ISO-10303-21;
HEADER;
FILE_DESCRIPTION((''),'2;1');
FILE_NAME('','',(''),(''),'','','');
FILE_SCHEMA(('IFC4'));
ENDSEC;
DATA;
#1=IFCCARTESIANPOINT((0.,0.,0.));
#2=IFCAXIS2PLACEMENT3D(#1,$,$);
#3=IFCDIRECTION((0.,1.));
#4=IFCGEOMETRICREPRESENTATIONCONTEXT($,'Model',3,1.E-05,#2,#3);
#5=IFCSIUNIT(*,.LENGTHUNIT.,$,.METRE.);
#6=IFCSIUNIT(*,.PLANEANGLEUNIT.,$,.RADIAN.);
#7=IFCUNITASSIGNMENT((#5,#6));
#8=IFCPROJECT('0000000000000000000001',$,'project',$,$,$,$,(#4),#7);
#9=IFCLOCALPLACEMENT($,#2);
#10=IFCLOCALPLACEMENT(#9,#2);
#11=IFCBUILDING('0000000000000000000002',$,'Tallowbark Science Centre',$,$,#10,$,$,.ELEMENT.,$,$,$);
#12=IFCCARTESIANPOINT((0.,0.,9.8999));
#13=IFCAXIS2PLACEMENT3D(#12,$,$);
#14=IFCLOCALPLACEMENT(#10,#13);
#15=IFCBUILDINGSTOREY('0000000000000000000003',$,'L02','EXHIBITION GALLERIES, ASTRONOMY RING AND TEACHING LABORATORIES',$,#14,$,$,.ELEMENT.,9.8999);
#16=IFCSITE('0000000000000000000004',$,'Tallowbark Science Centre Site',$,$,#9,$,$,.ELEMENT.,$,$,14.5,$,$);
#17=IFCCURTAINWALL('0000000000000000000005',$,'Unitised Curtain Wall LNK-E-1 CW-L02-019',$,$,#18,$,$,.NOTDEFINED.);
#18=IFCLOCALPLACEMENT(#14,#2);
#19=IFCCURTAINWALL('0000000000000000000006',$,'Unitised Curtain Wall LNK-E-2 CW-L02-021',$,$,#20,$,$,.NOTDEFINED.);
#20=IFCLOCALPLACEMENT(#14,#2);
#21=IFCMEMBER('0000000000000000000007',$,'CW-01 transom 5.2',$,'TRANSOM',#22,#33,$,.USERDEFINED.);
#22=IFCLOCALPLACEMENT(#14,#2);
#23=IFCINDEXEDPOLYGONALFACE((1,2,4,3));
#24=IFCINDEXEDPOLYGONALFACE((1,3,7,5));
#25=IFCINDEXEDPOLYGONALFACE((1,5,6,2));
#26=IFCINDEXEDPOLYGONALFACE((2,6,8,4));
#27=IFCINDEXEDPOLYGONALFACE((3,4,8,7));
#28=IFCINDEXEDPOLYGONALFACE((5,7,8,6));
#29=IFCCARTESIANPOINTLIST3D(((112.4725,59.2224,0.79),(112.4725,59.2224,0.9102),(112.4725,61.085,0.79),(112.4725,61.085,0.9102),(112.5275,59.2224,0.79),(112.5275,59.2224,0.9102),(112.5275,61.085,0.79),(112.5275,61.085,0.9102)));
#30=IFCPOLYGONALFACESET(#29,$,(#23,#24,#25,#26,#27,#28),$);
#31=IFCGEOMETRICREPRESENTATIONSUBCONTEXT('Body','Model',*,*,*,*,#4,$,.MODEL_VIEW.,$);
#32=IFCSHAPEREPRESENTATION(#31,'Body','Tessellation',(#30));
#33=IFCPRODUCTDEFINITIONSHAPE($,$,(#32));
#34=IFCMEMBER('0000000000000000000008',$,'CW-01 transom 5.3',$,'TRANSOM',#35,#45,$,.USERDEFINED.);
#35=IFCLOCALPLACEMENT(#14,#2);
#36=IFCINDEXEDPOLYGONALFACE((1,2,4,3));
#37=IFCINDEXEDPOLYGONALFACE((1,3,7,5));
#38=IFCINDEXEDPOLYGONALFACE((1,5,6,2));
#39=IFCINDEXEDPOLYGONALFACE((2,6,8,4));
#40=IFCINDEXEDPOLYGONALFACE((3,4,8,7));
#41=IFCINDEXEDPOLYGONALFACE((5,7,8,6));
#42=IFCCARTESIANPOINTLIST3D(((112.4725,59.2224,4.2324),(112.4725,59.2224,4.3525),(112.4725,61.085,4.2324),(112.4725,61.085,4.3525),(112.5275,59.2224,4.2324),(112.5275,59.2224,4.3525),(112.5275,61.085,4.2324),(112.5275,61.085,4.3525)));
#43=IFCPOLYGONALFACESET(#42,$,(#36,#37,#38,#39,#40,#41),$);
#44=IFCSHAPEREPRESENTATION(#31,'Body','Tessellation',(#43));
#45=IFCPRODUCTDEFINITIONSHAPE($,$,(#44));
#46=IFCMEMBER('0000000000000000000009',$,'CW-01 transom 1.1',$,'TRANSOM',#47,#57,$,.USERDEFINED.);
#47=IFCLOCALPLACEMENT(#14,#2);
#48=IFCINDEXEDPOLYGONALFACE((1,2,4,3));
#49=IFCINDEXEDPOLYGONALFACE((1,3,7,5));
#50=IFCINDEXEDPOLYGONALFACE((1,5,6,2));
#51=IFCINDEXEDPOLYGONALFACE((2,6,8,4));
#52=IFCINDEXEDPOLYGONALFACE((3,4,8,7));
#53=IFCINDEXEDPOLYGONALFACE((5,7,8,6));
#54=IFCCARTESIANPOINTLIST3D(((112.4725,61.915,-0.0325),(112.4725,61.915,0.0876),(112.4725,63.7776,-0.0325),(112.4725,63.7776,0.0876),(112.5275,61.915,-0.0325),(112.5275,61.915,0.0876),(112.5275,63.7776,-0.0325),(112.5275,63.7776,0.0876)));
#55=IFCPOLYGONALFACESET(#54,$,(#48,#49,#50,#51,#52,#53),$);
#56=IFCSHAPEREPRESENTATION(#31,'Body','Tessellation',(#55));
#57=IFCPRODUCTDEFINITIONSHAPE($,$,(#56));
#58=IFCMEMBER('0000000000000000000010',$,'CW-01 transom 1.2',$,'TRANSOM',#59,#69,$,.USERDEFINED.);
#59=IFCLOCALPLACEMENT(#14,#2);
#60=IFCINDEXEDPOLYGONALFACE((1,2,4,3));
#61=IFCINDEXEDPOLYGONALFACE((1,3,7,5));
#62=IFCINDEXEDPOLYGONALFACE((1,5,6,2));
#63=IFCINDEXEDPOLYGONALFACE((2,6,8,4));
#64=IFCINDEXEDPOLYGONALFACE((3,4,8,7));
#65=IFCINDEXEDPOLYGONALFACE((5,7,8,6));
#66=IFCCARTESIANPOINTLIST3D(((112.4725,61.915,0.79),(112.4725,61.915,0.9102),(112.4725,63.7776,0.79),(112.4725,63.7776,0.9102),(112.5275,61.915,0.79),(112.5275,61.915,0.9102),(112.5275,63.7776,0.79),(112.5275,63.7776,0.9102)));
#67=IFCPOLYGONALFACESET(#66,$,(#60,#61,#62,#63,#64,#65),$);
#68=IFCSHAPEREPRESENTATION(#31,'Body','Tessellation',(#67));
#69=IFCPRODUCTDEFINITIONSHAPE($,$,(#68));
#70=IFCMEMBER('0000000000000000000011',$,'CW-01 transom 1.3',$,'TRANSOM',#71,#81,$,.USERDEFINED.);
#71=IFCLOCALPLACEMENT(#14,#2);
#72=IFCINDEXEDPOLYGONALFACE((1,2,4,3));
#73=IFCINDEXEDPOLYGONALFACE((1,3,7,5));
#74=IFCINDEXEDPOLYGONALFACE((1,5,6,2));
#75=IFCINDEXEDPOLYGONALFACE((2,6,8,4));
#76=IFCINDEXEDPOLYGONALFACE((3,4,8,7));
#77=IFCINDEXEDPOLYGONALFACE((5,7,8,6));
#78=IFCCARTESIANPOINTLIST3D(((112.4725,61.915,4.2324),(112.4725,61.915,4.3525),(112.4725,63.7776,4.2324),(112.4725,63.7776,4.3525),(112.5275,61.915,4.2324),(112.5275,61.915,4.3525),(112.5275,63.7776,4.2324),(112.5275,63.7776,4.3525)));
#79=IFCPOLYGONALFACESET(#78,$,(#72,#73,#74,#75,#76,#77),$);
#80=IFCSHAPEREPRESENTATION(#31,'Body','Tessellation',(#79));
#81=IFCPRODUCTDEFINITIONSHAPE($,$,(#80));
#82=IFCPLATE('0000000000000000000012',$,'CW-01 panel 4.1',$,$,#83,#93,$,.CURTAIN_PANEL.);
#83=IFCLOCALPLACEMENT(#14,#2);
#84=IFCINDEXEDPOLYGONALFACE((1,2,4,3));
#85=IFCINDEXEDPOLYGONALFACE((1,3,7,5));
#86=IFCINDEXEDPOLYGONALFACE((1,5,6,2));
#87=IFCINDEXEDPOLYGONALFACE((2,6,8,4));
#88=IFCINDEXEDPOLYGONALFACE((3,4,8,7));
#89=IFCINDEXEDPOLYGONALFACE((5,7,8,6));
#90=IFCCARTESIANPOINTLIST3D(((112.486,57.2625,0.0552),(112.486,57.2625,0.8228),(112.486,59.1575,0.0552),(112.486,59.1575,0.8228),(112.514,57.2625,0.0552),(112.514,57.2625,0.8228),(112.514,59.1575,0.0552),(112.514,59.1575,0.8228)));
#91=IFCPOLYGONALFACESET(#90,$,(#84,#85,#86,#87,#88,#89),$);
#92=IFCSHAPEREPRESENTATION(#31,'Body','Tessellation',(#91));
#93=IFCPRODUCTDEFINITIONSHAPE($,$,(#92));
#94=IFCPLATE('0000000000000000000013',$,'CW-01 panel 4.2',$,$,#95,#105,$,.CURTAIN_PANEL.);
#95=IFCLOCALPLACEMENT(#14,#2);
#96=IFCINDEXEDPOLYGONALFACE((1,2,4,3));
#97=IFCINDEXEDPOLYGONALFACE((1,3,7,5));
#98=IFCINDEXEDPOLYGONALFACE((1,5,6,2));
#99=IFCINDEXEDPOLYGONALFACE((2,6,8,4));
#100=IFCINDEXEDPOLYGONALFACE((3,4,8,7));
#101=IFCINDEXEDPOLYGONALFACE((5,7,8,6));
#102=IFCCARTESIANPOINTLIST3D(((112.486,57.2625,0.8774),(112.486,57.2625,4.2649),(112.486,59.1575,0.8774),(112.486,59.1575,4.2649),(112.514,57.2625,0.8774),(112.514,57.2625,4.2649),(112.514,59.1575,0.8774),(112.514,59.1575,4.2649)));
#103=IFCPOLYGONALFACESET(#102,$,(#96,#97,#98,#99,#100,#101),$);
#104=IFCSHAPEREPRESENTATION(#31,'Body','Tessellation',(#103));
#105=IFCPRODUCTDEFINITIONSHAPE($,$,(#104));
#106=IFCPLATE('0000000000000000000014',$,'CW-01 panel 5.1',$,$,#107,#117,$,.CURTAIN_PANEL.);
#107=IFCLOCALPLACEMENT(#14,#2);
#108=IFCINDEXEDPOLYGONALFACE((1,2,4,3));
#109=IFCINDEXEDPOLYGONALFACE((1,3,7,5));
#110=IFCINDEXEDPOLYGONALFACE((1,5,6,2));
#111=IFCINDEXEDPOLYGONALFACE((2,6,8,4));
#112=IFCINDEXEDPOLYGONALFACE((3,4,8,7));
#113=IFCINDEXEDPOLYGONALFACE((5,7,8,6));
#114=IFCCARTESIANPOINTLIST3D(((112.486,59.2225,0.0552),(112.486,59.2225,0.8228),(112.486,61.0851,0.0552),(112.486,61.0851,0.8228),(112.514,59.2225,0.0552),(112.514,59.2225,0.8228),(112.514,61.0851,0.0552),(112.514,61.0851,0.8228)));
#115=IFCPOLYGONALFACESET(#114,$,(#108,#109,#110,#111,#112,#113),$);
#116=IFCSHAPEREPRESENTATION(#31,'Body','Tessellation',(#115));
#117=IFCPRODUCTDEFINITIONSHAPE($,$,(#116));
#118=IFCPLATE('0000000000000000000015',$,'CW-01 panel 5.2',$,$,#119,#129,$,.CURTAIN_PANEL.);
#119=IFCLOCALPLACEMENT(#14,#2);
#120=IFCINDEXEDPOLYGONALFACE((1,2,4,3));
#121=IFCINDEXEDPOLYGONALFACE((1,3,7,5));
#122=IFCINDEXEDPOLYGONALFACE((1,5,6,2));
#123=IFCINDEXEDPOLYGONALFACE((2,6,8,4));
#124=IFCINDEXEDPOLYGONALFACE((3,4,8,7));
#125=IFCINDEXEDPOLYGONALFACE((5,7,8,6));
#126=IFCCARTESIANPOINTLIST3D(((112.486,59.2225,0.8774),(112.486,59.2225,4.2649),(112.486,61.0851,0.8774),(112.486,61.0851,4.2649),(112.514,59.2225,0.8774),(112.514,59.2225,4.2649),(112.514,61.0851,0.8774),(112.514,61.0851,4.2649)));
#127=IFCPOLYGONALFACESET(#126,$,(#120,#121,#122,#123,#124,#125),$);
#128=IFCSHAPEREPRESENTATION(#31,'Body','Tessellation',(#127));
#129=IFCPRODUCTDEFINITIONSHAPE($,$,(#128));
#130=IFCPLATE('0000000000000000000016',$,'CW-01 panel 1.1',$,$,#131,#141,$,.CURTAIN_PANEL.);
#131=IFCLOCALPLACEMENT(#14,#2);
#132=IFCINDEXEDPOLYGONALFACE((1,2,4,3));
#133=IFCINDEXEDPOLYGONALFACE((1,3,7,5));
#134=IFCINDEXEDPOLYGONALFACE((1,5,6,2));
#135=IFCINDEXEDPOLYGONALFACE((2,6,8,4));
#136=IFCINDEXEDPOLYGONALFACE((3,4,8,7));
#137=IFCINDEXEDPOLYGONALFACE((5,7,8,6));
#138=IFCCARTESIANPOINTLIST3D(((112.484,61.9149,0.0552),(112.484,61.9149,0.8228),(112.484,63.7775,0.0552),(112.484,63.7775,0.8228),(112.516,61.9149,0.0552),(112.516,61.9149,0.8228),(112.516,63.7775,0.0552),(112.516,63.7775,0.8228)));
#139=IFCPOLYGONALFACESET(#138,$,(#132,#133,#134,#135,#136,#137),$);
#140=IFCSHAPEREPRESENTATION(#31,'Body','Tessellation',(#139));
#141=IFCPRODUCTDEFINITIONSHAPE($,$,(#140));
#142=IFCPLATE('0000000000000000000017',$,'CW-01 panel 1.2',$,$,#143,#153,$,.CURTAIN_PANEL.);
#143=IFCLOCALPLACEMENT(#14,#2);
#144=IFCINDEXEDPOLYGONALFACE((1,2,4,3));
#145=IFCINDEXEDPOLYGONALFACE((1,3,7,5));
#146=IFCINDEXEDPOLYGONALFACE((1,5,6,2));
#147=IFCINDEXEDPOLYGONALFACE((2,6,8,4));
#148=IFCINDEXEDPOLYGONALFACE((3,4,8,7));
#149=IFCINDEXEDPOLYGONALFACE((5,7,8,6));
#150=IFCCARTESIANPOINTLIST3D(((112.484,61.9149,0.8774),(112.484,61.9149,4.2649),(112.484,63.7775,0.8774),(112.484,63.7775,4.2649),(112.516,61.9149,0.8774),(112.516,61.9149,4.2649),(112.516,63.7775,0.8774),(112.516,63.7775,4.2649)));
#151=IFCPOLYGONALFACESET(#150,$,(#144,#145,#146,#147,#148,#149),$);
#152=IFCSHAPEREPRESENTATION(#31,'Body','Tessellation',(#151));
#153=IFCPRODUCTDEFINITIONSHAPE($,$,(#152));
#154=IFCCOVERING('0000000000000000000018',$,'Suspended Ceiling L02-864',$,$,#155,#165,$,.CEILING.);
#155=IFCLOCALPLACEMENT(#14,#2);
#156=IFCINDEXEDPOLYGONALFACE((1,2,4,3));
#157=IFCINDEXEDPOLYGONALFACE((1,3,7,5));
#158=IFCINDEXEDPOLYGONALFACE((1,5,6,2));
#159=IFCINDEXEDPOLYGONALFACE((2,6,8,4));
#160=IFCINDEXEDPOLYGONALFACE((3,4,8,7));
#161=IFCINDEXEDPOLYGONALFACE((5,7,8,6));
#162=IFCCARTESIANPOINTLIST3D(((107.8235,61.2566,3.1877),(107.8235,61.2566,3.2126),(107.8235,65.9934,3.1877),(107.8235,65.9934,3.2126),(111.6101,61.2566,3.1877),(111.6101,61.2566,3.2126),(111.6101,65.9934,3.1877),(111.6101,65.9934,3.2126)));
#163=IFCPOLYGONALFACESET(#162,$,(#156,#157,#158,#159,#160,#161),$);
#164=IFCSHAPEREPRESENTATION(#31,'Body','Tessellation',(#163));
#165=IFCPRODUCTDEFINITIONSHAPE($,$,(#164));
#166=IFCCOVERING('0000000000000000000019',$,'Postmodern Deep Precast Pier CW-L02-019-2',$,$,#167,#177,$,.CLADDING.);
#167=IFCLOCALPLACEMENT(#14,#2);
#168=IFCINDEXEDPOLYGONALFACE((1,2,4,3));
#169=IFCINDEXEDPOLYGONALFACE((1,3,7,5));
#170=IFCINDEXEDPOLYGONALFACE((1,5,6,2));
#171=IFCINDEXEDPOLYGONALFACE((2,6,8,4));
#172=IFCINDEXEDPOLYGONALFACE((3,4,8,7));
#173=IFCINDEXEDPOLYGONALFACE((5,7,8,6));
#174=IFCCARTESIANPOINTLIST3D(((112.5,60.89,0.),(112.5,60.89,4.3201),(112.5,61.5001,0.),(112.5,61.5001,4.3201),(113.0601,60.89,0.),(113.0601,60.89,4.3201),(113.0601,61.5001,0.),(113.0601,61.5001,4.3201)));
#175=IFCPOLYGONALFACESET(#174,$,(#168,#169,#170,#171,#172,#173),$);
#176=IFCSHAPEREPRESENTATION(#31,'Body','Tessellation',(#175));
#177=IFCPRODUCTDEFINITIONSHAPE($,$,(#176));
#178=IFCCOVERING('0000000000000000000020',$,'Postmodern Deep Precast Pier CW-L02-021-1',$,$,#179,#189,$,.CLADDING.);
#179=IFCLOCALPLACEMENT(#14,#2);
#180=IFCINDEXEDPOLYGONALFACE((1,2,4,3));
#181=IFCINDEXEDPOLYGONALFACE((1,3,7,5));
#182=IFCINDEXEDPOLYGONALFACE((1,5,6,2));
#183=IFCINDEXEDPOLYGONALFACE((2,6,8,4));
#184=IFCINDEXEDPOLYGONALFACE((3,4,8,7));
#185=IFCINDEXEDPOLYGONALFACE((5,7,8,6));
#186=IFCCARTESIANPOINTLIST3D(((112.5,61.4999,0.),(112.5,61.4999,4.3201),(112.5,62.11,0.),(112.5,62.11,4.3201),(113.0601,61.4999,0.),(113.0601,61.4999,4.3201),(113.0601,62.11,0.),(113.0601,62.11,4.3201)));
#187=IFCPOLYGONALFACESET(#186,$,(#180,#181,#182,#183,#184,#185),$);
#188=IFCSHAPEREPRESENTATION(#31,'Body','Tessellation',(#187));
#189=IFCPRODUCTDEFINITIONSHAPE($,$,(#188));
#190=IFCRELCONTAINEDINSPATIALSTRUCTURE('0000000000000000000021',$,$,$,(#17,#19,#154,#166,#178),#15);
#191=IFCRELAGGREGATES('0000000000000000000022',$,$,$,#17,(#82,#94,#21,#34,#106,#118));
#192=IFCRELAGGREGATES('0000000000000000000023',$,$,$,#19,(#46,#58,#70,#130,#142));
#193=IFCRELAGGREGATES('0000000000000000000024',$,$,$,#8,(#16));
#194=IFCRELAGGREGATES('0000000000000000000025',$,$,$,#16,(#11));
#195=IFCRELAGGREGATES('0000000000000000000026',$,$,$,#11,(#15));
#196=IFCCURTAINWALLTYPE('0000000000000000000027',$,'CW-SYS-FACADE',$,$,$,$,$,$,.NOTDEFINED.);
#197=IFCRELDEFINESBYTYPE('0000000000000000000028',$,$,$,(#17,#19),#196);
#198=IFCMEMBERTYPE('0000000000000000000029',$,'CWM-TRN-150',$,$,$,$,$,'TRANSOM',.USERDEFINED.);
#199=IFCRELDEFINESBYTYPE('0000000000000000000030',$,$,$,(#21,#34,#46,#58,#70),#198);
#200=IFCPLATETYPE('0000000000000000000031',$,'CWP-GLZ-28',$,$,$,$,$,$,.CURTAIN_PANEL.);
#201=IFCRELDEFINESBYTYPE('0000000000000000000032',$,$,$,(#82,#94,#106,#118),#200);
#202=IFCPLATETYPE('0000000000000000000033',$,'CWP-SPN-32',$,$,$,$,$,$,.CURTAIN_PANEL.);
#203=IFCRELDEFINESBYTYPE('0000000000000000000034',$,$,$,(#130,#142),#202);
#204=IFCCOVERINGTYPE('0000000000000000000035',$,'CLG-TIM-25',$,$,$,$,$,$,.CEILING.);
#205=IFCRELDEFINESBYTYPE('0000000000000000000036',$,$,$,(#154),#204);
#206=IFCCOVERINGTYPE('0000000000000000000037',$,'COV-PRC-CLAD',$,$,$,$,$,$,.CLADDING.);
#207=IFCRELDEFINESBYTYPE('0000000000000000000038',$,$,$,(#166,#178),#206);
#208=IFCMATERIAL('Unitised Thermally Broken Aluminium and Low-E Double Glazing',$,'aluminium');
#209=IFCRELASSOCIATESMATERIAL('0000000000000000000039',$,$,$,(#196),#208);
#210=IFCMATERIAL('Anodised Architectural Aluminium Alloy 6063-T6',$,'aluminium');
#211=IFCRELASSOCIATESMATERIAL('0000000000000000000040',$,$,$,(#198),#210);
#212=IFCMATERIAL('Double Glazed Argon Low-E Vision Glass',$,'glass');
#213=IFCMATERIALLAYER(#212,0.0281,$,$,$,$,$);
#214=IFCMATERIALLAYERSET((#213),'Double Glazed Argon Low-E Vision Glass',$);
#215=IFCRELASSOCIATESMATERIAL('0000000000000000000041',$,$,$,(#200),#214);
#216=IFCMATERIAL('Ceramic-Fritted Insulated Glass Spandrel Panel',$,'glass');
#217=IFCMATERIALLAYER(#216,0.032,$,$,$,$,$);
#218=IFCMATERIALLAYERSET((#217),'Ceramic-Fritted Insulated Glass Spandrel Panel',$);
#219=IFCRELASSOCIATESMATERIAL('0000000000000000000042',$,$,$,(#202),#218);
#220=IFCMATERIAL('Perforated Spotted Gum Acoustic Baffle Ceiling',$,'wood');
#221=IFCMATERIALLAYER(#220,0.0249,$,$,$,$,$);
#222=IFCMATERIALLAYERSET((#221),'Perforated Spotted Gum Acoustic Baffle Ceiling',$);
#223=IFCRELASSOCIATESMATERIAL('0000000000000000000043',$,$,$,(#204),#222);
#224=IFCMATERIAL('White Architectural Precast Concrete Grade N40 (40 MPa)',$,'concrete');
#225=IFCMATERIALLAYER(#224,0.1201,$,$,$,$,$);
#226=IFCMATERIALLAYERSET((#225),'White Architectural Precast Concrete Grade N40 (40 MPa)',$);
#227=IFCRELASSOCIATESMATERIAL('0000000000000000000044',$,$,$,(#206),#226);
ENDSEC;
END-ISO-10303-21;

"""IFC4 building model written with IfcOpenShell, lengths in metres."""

from ifc_helpers import new_model, si_unit, direction, frame, origin, origin_2d, place, context, subcontext, project, spatial, rectangle, extrude, material, layer, layer_set, material_profile, profile_set, type_object, element, aggregate, save


model = new_model("IFC4")

# Units and contexts
model_context = context("Model", 3, precision=1e-05, world=origin(), true_north=direction((0.0, 1.0)))
body_context = subcontext(model_context, "Body", "Model", "MODEL_VIEW")
ifc_project = project(units=[si_unit("LENGTHUNIT", "METRE"), si_unit("PLANEANGLEUNIT", "RADIAN")], contexts=[model_context])

# Site, building, storey
site_placement = place(None, origin())
site = spatial("IfcSite", under=ifc_project, at=site_placement, Name="Tallowbark Science Centre Site", CompositionType="ELEMENT", RefElevation=14.5)
building_placement = place(site_placement, origin())
building = spatial("IfcBuilding", under=site, at=building_placement, Name="Tallowbark Science Centre", CompositionType="ELEMENT")
storey_placement = place(building_placement, frame((0.0, 0.0, 9.8999)))
storey = spatial("IfcBuildingStorey", under=building, at=storey_placement, Name="L02", Description="EXHIBITION GALLERIES, ASTRONOMY RING AND TEACHING LABORATORIES", CompositionType="ELEMENT", Elevation=9.8999)

# Curtain wall
ifc_material_1 = material(Name="Unitised Thermally Broken Aluminium and Low-E Double Glazing", Category="aluminium")
curtain_wall_type = type_object("IfcCurtainWallType", Name="CW-SYS-FACADE", PredefinedType="NOTDEFINED", material=ifc_material_1)
curtain_wall_1_placement = place(storey_placement, origin())
curtain_wall_1 = element("IfcCurtainWall", 1, at=curtain_wall_1_placement, inside=storey, type_object=curtain_wall_type, Name="Unitised Curtain Wall LNK-E-1 CW-L02-019", PredefinedType="NOTDEFINED")
ifc_material_2 = material(Name="Anodised Architectural Aluminium Alloy 6063-T6", Category="aluminium")

# Curtain wall
curtain_wall_2_placement = place(storey_placement, origin())
curtain_wall_2 = element("IfcCurtainWall", 2, at=curtain_wall_2_placement, inside=storey, type_object=curtain_wall_type, Name="Unitised Curtain Wall LNK-E-2 CW-L02-021", PredefinedType="NOTDEFINED")

# Members
ifc_material_profile_1 = material_profile(ifc_material_2, rectangle(XDim=0.0549, YDim=0.1201, at=origin_2d()), Name="ALU55x120")
ifc_profile_set_1 = profile_set([ifc_material_profile_1], Name="Anodised Architectural Aluminium Alloy 6063-T6")
member_type_1 = type_object("IfcMemberType", Name="CWM-TRN-150", ElementType="TRANSOM", PredefinedType="USERDEFINED", material=ifc_profile_set_1)
member_1_placement = place(storey_placement, frame((112.5, 59.2224, 0.8501), z_axis=(0.0, 1.0, 0.0), x_axis=(-1.0, 0.0, 0.0)))
member_1 = element("IfcMember", 3, at=member_1_placement, type_object=member_type_1, Name="CW-01 transom 5.2", ObjectType="TRANSOM", PredefinedType="USERDEFINED", context=body_context, shape_type="SweptSolid", body=[
    extrude(rectangle(XDim=0.0549, YDim=0.1201, at=origin_2d()), origin(), (0.0, 0.0, 1.0), 1.8625),
])
member_2_placement = place(storey_placement, frame((112.5, 59.2224, 4.2925), z_axis=(0.0, 1.0, 0.0), x_axis=(-1.0, 0.0, 0.0)))
member_2 = element("IfcMember", 4, at=member_2_placement, type_object=member_type_1, Name="CW-01 transom 5.3", ObjectType="TRANSOM", PredefinedType="USERDEFINED", context=body_context, shape_type="SweptSolid", body=[
    extrude(rectangle(XDim=0.0549, YDim=0.1201, at=origin_2d()), origin(), (0.0, 0.0, 1.0), 1.8625),
])
member_3_placement = place(storey_placement, frame((112.5, 61.915, 0.0276), z_axis=(0.0, 1.0, 0.0), x_axis=(-1.0, 0.0, 0.0)))
member_3 = element("IfcMember", 5, at=member_3_placement, type_object=member_type_1, Name="CW-01 transom 1.1", ObjectType="TRANSOM", PredefinedType="USERDEFINED", context=body_context, shape_type="SweptSolid", body=[
    extrude(rectangle(XDim=0.0549, YDim=0.1201, at=origin_2d()), origin(), (0.0, 0.0, 1.0), 1.8625),
])
member_4_placement = place(storey_placement, frame((112.5, 61.915, 0.8501), z_axis=(0.0, 1.0, 0.0), x_axis=(-1.0, 0.0, 0.0)))
member_4 = element("IfcMember", 6, at=member_4_placement, type_object=member_type_1, Name="CW-01 transom 1.2", ObjectType="TRANSOM", PredefinedType="USERDEFINED", context=body_context, shape_type="SweptSolid", body=[
    extrude(rectangle(XDim=0.0549, YDim=0.1201, at=origin_2d()), origin(), (0.0, 0.0, 1.0), 1.8625),
])
member_5_placement = place(storey_placement, frame((112.5, 61.915, 4.2925), z_axis=(0.0, 1.0, 0.0), x_axis=(-1.0, 0.0, 0.0)))
member_5 = element("IfcMember", 7, at=member_5_placement, type_object=member_type_1, Name="CW-01 transom 1.3", ObjectType="TRANSOM", PredefinedType="USERDEFINED", context=body_context, shape_type="SweptSolid", body=[
    extrude(rectangle(XDim=0.0549, YDim=0.1201, at=origin_2d()), origin(), (0.0, 0.0, 1.0), 1.8625),
])

# Plates
ifc_material_3 = material(Name="Double Glazed Argon Low-E Vision Glass", Category="glass")
ifc_layer_1 = layer(ifc_material_3, 0.0281)
ifc_layer_set_1 = layer_set([ifc_layer_1], Name="Double Glazed Argon Low-E Vision Glass")
plate_type_1 = type_object("IfcPlateType", Name="CWP-GLZ-28", PredefinedType="CURTAIN_PANEL", material=ifc_layer_set_1)
plate_1_placement = place(storey_placement, frame((112.5, 58.21, 0.0552), z_axis=(0.0, 0.0, 1.0), x_axis=(0.0, 1.0, 0.0)))
plate_1 = element("IfcPlate", 8, at=plate_1_placement, type_object=plate_type_1, Name="CW-01 panel 4.1", PredefinedType="CURTAIN_PANEL", context=body_context, shape_type="SweptSolid", body=[
    extrude(rectangle(XDim=1.895, YDim=0.0281, at=origin_2d()), origin(), (0.0, 0.0, 1.0), 0.7676),
])
plate_2_placement = place(storey_placement, frame((112.5, 58.21, 0.8774), z_axis=(0.0, 0.0, 1.0), x_axis=(0.0, 1.0, 0.0)))
plate_2 = element("IfcPlate", 9, at=plate_2_placement, type_object=plate_type_1, Name="CW-01 panel 4.2", PredefinedType="CURTAIN_PANEL", context=body_context, shape_type="SweptSolid", body=[
    extrude(rectangle(XDim=1.895, YDim=0.0281, at=origin_2d()), origin(), (0.0, 0.0, 1.0), 3.3875),
])
plate_3_placement = place(storey_placement, frame((112.5, 60.1538, 0.0552), z_axis=(0.0, 0.0, 1.0), x_axis=(0.0, 1.0, 0.0)))
plate_3 = element("IfcPlate", 10, at=plate_3_placement, type_object=plate_type_1, Name="CW-01 panel 5.1", PredefinedType="CURTAIN_PANEL", context=body_context, shape_type="SweptSolid", body=[
    extrude(rectangle(XDim=1.8625, YDim=0.0281, at=origin_2d()), origin(), (0.0, 0.0, 1.0), 0.7676),
])
plate_4_placement = place(storey_placement, frame((112.5, 60.1538, 0.8774), z_axis=(0.0, 0.0, 1.0), x_axis=(0.0, 1.0, 0.0)))
plate_4 = element("IfcPlate", 11, at=plate_4_placement, type_object=plate_type_1, Name="CW-01 panel 5.2", PredefinedType="CURTAIN_PANEL", context=body_context, shape_type="SweptSolid", body=[
    extrude(rectangle(XDim=1.8625, YDim=0.0281, at=origin_2d()), origin(), (0.0, 0.0, 1.0), 3.3875),
])
aggregate(curtain_wall_1, [plate_1, plate_2, member_1, member_2, plate_3, plate_4])
ifc_material_4 = material(Name="Ceramic-Fritted Insulated Glass Spandrel Panel", Category="glass")
ifc_layer_2 = layer(ifc_material_4, 0.032)
ifc_layer_set_2 = layer_set([ifc_layer_2], Name="Ceramic-Fritted Insulated Glass Spandrel Panel")
plate_type_2 = type_object("IfcPlateType", Name="CWP-SPN-32", PredefinedType="CURTAIN_PANEL", material=ifc_layer_set_2)
plate_5_placement = place(storey_placement, frame((112.5, 62.8462, 0.0552), z_axis=(0.0, 0.0, 1.0), x_axis=(0.0, 1.0, 0.0)))
plate_5 = element("IfcPlate", 12, at=plate_5_placement, type_object=plate_type_2, Name="CW-01 panel 1.1", PredefinedType="CURTAIN_PANEL", context=body_context, shape_type="SweptSolid", body=[
    extrude(rectangle(XDim=1.8625, YDim=0.032, at=origin_2d()), origin(), (0.0, 0.0, 1.0), 0.7676),
])
plate_6_placement = place(storey_placement, frame((112.5, 62.8462, 0.8774), z_axis=(0.0, 0.0, 1.0), x_axis=(0.0, 1.0, 0.0)))
plate_6 = element("IfcPlate", 13, at=plate_6_placement, type_object=plate_type_2, Name="CW-01 panel 1.2", PredefinedType="CURTAIN_PANEL", context=body_context, shape_type="SweptSolid", body=[
    extrude(rectangle(XDim=1.8625, YDim=0.032, at=origin_2d()), origin(), (0.0, 0.0, 1.0), 3.3875),
])
aggregate(curtain_wall_2, [member_3, member_4, member_5, plate_5, plate_6])

# Coverings
ifc_material_5 = material(Name="Perforated Spotted Gum Acoustic Baffle Ceiling", Category="wood")
ifc_layer_3 = layer(ifc_material_5, 0.0249)
ifc_layer_set_3 = layer_set([ifc_layer_3], Name="Perforated Spotted Gum Acoustic Baffle Ceiling")
covering_type_1 = type_object("IfcCoveringType", Name="CLG-TIM-25", PredefinedType="CEILING", material=ifc_layer_set_3)
covering_placement = place(storey_placement, frame((109.7168, 63.625, 3.1877), z_axis=(0.0, 0.0, 1.0), x_axis=(1.0, 0.0, 0.0)))
element("IfcCovering", 14, at=covering_placement, inside=storey, type_object=covering_type_1, Name="Suspended Ceiling L02-864", PredefinedType="CEILING", context=body_context, shape_type="SweptSolid", body=[
    extrude(rectangle(XDim=3.7866, YDim=4.7368, at=origin_2d()), origin(), (0.0, 0.0, 1.0), 0.0249),
])
ifc_material_6 = material(Name="White Architectural Precast Concrete Grade N40 (40 MPa)", Category="concrete")
ifc_layer_4 = layer(ifc_material_6, 0.1201)
ifc_layer_set_4 = layer_set([ifc_layer_4], Name="White Architectural Precast Concrete Grade N40 (40 MPa)")
covering_type_2 = type_object("IfcCoveringType", Name="COV-PRC-CLAD", PredefinedType="CLADDING", material=ifc_layer_set_4)
for number, where, z_axis, x_axis, name in (
    (15, (112.78, 61.1951, 0.0), (0.0, 0.0, 1.0), (0.0, 1.0, 0.0), "Postmodern Deep Precast Pier CW-L02-019-2"),
    (16, (112.78, 61.8049, 0.0), (0.0, 0.0, 1.0), (0.0, 1.0, 0.0), "Postmodern Deep Precast Pier CW-L02-021-1"),
):
    element("IfcCovering", number, at=place(storey_placement, frame(where, z_axis=z_axis, x_axis=x_axis)), inside=storey, type_object=covering_type_2, Name=name, PredefinedType="CLADDING", context=body_context, shape_type="SweptSolid", body=[
        extrude(rectangle(XDim=0.6101, YDim=0.5601, at=origin_2d()), origin(), (0.0, 0.0, 1.0), 4.3201),
    ])

save(model, "model.ifc")
